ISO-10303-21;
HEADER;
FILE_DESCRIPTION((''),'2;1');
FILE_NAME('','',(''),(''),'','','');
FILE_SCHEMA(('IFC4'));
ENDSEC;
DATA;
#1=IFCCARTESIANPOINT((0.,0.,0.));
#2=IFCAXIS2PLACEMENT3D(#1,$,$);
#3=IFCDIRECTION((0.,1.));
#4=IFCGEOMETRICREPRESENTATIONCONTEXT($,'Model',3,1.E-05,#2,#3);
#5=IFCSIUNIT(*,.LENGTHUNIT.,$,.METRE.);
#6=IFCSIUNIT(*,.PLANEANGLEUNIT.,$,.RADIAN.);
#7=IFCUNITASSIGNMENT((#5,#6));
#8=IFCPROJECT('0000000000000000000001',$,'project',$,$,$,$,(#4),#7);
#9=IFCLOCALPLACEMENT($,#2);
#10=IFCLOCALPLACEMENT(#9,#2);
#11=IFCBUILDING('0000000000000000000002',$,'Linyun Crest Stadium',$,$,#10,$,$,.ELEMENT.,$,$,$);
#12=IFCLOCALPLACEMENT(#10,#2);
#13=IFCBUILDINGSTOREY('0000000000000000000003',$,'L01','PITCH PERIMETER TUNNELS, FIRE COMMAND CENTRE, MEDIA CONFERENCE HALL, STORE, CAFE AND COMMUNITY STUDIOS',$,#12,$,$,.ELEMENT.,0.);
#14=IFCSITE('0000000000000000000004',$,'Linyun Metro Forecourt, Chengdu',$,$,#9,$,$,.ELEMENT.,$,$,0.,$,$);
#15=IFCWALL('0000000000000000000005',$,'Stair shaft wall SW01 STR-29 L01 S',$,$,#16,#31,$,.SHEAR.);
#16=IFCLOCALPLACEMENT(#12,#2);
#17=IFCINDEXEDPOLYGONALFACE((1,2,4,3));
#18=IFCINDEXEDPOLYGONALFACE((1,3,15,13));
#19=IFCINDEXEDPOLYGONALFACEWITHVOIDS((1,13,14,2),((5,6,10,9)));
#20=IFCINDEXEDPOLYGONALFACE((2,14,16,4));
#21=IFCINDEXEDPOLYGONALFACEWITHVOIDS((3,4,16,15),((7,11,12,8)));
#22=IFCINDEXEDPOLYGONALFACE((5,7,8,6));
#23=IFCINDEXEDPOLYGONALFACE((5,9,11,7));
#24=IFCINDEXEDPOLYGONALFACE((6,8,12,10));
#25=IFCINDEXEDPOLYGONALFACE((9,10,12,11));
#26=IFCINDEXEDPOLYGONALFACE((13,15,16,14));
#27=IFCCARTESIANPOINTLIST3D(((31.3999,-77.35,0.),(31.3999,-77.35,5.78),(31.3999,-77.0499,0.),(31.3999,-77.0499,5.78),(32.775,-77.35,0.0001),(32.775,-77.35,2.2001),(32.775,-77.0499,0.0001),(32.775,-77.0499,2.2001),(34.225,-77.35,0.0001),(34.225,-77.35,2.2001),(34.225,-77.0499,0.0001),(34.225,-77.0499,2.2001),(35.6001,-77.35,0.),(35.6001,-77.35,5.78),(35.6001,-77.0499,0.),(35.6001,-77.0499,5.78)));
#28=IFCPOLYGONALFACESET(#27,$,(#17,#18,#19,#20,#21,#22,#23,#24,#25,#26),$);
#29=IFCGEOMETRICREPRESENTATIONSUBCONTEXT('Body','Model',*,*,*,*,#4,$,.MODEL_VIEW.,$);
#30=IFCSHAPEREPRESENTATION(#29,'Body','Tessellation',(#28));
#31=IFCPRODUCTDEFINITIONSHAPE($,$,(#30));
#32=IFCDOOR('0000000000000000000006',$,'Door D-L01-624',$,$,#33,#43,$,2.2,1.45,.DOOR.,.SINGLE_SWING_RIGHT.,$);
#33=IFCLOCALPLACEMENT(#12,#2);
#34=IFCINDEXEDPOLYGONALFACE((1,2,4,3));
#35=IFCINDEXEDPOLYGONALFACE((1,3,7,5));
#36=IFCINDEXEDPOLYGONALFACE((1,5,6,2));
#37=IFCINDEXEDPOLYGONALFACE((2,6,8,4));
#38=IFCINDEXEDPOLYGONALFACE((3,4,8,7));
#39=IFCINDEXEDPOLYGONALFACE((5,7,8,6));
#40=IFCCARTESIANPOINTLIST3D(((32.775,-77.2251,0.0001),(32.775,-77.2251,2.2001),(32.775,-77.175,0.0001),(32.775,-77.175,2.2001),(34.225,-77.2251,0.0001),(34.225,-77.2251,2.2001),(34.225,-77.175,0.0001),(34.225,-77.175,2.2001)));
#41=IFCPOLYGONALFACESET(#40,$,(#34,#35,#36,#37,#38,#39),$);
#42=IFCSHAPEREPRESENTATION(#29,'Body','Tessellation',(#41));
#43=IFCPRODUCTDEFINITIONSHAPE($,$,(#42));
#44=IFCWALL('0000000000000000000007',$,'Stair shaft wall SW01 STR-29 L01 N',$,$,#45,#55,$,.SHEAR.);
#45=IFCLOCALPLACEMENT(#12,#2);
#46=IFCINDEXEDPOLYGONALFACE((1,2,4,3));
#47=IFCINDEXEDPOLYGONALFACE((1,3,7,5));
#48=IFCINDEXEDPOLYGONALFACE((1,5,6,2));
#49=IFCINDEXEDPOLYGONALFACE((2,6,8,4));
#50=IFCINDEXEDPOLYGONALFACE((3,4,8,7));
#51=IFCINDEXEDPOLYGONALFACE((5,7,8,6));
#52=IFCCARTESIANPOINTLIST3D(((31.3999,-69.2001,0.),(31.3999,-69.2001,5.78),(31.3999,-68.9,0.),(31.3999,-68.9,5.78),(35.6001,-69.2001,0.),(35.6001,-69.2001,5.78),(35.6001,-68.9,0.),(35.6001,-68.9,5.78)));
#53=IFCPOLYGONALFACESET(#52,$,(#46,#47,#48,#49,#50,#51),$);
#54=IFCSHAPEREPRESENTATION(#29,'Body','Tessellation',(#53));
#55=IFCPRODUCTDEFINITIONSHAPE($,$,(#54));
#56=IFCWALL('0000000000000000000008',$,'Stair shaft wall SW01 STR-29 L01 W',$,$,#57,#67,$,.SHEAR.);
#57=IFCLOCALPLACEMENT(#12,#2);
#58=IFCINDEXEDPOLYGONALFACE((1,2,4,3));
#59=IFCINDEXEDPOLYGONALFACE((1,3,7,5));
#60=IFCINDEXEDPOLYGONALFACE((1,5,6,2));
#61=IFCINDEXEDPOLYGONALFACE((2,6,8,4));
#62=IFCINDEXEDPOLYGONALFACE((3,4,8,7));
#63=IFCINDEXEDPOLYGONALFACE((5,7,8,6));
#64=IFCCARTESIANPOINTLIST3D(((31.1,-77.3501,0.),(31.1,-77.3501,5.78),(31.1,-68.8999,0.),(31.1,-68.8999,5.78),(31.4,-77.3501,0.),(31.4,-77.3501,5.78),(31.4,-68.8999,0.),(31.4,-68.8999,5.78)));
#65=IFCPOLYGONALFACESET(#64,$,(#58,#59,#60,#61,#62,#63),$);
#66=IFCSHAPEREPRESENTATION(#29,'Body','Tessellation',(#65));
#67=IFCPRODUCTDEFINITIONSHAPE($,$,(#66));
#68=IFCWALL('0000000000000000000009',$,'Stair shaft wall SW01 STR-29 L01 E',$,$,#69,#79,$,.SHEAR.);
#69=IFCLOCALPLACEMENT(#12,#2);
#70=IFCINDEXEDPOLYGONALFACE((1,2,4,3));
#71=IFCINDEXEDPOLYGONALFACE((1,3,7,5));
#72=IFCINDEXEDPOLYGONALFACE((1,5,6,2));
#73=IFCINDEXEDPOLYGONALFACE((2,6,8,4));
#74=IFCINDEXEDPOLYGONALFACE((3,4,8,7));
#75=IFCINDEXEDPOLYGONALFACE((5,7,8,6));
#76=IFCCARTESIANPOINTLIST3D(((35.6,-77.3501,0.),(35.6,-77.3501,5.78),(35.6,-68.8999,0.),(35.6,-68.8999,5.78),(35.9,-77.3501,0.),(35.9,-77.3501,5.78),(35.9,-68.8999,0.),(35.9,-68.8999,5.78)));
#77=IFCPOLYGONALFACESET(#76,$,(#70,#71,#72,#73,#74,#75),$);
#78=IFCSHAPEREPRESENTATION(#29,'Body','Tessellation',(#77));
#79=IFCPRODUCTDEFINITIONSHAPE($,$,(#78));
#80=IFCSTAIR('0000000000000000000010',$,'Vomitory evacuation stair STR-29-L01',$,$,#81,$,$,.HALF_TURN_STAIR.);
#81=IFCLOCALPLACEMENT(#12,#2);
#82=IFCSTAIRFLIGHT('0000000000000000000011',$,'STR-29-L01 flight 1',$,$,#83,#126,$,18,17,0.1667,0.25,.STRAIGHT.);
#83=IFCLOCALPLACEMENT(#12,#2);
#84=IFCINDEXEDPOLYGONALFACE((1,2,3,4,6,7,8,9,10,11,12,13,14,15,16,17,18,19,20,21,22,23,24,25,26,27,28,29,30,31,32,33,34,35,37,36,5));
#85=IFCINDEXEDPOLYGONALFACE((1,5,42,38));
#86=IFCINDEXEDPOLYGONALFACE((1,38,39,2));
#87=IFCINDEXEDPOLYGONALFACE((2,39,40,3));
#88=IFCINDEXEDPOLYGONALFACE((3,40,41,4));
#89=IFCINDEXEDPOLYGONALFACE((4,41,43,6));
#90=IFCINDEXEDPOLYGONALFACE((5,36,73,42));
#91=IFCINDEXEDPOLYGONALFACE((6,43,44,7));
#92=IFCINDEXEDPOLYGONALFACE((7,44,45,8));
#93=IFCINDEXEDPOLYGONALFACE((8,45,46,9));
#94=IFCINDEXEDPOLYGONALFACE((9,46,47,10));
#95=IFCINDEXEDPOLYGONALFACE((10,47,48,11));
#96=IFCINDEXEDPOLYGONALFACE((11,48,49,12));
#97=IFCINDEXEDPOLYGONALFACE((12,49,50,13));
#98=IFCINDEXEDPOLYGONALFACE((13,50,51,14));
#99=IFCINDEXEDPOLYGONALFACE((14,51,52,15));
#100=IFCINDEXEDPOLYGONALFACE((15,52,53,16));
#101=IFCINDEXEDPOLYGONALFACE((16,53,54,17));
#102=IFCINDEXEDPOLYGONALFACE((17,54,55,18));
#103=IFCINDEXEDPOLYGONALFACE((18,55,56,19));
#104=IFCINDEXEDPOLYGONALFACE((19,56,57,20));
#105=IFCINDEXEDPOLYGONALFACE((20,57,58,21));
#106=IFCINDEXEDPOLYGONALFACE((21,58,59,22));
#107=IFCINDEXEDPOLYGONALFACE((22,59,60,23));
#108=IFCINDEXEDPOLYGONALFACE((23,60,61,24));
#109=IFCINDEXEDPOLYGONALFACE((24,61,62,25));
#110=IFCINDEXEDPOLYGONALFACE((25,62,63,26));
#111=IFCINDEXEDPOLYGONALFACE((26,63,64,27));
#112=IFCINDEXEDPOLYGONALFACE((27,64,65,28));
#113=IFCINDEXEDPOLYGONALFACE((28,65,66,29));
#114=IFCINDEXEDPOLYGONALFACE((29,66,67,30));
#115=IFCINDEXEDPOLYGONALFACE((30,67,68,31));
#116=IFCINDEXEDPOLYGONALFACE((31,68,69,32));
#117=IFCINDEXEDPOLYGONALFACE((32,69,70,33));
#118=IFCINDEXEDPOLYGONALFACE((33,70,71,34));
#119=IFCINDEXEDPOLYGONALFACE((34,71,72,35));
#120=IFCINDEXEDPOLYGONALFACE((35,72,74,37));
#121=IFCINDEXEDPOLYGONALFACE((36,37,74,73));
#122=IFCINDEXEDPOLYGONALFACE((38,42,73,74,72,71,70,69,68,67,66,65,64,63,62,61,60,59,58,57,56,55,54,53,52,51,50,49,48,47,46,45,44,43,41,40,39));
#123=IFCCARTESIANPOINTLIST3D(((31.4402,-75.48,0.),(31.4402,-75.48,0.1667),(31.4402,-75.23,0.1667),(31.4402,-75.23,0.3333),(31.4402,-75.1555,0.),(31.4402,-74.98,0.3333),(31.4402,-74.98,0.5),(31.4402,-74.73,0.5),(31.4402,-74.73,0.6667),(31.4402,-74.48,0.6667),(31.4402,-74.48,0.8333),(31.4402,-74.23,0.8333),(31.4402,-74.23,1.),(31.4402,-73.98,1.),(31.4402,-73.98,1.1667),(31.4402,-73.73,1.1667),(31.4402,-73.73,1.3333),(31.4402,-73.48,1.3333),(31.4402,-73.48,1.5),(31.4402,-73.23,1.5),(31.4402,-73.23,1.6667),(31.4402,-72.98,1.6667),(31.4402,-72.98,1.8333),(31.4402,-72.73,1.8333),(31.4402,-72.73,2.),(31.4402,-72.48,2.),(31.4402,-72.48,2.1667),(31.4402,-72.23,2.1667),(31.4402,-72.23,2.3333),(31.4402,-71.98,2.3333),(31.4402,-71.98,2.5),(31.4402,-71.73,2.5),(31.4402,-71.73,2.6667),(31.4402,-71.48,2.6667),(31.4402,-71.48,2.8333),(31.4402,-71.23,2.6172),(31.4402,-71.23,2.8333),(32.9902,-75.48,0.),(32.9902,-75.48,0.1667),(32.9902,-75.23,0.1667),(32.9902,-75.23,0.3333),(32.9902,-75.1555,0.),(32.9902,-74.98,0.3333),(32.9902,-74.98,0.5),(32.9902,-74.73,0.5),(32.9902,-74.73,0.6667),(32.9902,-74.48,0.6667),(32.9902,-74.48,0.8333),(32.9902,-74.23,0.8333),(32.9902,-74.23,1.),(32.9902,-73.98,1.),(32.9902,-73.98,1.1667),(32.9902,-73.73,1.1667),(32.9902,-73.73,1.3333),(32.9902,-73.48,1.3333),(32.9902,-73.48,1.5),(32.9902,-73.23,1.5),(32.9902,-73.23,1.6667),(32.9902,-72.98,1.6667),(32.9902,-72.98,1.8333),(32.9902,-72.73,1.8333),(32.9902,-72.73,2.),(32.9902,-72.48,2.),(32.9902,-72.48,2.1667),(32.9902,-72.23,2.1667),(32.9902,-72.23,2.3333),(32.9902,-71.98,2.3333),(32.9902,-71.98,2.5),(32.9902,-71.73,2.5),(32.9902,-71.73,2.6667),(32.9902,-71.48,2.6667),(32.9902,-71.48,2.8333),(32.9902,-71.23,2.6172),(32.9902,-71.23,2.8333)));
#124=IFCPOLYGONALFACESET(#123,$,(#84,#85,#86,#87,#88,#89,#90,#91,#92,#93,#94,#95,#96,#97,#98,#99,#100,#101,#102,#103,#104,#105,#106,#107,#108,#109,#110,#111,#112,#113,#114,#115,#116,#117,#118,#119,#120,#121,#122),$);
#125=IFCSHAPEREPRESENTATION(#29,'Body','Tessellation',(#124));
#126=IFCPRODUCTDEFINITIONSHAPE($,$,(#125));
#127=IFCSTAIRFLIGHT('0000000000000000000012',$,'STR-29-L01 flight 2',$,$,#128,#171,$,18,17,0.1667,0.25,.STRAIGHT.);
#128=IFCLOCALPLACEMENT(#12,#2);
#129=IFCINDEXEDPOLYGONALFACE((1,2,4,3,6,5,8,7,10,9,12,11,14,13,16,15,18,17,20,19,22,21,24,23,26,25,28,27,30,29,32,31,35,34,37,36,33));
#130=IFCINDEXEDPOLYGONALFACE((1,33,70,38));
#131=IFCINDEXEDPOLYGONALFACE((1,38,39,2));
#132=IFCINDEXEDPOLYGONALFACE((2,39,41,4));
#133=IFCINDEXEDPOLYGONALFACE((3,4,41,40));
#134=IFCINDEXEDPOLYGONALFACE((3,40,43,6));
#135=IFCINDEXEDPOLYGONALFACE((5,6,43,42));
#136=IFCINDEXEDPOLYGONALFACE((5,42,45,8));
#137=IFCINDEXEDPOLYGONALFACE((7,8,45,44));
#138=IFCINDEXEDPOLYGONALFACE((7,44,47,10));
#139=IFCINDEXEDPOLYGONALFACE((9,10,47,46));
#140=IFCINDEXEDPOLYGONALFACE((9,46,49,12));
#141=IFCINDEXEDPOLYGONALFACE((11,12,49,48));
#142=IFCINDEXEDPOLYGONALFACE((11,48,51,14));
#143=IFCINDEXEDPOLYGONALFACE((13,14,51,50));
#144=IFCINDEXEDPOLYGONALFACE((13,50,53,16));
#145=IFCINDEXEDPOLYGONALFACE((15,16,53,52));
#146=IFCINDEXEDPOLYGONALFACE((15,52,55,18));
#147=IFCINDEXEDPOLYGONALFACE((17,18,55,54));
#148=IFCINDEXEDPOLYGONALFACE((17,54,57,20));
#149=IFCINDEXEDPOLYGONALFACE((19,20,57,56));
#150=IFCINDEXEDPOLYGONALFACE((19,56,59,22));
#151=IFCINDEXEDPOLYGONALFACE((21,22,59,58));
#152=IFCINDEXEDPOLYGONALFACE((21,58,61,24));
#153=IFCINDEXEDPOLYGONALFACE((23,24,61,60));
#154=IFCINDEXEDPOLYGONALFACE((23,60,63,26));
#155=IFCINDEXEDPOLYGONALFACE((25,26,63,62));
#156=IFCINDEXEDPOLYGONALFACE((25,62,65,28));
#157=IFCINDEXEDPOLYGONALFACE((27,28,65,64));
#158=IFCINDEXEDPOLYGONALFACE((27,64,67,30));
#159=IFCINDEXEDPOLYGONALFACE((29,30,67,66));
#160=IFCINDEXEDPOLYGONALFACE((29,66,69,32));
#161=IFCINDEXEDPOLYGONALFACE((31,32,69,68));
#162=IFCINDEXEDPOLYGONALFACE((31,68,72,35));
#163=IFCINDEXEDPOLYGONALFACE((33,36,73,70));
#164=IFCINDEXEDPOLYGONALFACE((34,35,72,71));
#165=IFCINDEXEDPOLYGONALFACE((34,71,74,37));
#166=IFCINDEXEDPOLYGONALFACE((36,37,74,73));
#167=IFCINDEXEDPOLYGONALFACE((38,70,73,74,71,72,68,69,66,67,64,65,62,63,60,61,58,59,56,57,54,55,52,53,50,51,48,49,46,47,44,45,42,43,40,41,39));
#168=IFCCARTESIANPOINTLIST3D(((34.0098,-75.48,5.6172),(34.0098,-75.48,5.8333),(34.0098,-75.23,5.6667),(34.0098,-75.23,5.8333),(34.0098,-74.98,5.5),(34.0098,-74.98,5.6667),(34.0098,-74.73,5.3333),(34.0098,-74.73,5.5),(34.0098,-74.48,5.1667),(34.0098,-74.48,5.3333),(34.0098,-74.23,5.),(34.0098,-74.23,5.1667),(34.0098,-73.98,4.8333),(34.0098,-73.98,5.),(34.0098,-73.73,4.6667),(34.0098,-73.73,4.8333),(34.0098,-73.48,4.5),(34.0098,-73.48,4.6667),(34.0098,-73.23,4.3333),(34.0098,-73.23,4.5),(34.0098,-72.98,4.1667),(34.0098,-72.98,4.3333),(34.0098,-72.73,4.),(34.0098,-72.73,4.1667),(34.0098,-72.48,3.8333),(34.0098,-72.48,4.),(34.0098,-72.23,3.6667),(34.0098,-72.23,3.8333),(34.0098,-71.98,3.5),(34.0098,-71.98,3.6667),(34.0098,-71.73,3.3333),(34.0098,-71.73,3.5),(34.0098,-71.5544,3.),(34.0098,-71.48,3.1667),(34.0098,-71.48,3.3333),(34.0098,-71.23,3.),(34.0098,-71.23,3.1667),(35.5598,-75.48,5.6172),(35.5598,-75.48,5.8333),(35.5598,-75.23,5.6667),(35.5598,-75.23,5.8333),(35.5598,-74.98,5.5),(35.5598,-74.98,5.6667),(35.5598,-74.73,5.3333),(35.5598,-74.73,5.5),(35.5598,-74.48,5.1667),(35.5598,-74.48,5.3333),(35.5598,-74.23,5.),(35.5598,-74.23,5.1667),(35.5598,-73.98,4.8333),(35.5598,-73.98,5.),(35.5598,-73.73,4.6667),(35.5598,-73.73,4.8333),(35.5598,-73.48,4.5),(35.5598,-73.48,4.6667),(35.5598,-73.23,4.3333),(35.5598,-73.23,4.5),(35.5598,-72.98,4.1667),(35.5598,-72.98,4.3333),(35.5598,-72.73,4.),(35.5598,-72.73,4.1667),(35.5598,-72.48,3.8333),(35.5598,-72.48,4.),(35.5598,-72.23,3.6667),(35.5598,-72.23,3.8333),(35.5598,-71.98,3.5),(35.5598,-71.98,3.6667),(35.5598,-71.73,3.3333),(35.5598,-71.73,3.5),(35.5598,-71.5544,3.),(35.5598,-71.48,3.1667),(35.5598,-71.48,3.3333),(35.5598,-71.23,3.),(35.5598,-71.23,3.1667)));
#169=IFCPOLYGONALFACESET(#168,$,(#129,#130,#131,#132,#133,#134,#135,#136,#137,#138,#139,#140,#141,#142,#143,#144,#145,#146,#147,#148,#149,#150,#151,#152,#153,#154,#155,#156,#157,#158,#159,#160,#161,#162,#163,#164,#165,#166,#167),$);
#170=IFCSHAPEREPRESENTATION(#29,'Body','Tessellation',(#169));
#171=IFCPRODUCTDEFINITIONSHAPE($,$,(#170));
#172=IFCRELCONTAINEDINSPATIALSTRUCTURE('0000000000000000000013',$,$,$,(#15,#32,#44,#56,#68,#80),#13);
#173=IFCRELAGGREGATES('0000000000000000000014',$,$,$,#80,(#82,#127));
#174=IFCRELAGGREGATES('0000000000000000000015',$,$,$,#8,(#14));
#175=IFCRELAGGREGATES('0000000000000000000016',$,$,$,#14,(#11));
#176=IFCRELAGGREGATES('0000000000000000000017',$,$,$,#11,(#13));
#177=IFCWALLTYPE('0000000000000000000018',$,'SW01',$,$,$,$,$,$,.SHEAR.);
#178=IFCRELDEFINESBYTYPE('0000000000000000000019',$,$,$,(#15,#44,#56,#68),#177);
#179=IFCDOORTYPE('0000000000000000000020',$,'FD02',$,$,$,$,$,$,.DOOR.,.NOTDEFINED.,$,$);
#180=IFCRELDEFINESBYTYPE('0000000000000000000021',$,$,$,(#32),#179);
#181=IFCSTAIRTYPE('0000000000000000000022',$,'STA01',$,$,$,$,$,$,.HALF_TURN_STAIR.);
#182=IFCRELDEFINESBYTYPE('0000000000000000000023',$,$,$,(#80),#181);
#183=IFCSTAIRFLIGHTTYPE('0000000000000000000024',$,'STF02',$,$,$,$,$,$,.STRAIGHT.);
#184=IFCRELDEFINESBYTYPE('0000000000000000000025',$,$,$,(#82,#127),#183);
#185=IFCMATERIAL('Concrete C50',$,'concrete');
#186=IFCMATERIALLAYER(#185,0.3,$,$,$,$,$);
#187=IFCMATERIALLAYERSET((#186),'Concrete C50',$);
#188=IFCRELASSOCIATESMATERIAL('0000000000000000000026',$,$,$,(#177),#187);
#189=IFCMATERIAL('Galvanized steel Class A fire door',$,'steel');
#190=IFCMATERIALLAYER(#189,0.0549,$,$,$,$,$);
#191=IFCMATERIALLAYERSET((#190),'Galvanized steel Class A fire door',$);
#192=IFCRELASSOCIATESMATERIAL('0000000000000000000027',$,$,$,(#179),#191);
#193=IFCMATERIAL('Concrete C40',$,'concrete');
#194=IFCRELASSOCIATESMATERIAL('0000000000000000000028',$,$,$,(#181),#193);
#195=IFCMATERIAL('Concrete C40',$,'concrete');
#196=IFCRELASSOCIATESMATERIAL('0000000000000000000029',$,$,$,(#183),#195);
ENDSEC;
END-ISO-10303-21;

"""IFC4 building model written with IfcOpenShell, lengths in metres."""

from ifc_helpers import new_model, si_unit, direction, frame, frame_2d, origin, place, context, subcontext, project, spatial, polyline, rectangle, outline, extrude, material, layer, layer_set, type_object, element, fill, aggregate, save


model = new_model("IFC4")

# Units and contexts
model_context = context("Model", 3, precision=1e-05, world=origin(), true_north=direction((0.0, 1.0)))
body_context = subcontext(model_context, "Body", "Model", "MODEL_VIEW")
ifc_project = project(units=[si_unit("LENGTHUNIT", "METRE"), si_unit("PLANEANGLEUNIT", "RADIAN")], contexts=[model_context])

# Site, building, storey
site_placement = place(None, origin())
site = spatial("IfcSite", under=ifc_project, at=site_placement, Name="Linyun Metro Forecourt, Chengdu", CompositionType="ELEMENT", RefElevation=0.0)
building_placement = place(site_placement, origin())
building = spatial("IfcBuilding", under=site, at=building_placement, Name="Linyun Crest Stadium", CompositionType="ELEMENT")
storey_placement = place(building_placement, origin())
storey = spatial("IfcBuildingStorey", under=building, at=storey_placement, Name="L01", Description="PITCH PERIMETER TUNNELS, FIRE COMMAND CENTRE, MEDIA CONFERENCE HALL, STORE, CAFE AND COMMUNITY STUDIOS", CompositionType="ELEMENT", Elevation=0.0)

# Wall, opening, door
ifc_material_1 = material(Name="Concrete C50", Category="concrete")
ifc_layer_1 = layer(ifc_material_1, 0.3)
ifc_layer_set_1 = layer_set([ifc_layer_1], Name="Concrete C50")
wall_type_1 = type_object("IfcWallType", Name="SW01", PredefinedType="SHEAR", material=ifc_layer_set_1)
wall_1_placement = place(storey_placement, frame((31.3999, -77.2, 0.0), z_axis=(0.0, 0.0, 1.0), x_axis=(1.0, 0.0, 0.0)))
wall_1 = element("IfcWall", 1, at=wall_1_placement, inside=storey, type_object=wall_type_1, Name="Stair shaft wall SW01 STR-29 L01 S", PredefinedType="SHEAR", context=body_context, shape_type="SweptSolid", body=[
    extrude(rectangle(XDim=4.2002, YDim=0.3, at=frame_2d((2.1001, 0.0))), origin(), (0.0, 0.0, 1.0), 5.78),
])
opening_1_placement = place(wall_1_placement, frame((1.375, 0.0, 0.0)))
opening_1 = element("IfcOpeningElement", 2, at=opening_1_placement, cuts=wall_1, PredefinedType="OPENING", context=body_context, shape_type="SweptSolid", body=[
    extrude(rectangle(XDim=1.45, YDim=2.2, at=frame_2d((0.7251, 1.1001))), frame((0.0, 0.1599, 0.0), z_axis=(0.0, -1.0, 0.0), x_axis=(1.0, 0.0, 0.0)), (0.0, 0.0, 1.0), 0.3201),
])
ifc_material_2 = material(Name="Galvanized steel Class A fire door", Category="steel")
ifc_layer_2 = layer(ifc_material_2, 0.0549)
ifc_layer_set_2 = layer_set([ifc_layer_2], Name="Galvanized steel Class A fire door")
door_type_1 = type_object("IfcDoorType", Name="FD02", OperationType="NOTDEFINED", PredefinedType="DOOR", material=ifc_layer_set_2)
door_1_placement = place(opening_1_placement, origin())
door_1 = element("IfcDoor", 3, at=door_1_placement, inside=storey, type_object=door_type_1, Name="Door D-L01-624", OperationType="SINGLE_SWING_RIGHT", OverallHeight=2.2, OverallWidth=1.45, PredefinedType="DOOR", context=body_context, shape_type="SweptSolid", body=[
    extrude(rectangle(XDim=1.45, YDim=2.2, at=frame_2d((0.7251, 1.1001))), frame((0.0, 0.0249, 0.0), z_axis=(0.0, -1.0, 0.0), x_axis=(1.0, 0.0, 0.0)), (0.0, 0.0, 1.0), 0.05),
])
fill(opening_1, door_1)

# Walls
wall_2_placement = place(storey_placement, frame((31.3999, -69.05, 0.0), z_axis=(0.0, 0.0, 1.0), x_axis=(1.0, 0.0, 0.0)))
element("IfcWall", 4, at=wall_2_placement, inside=storey, type_object=wall_type_1, Name="Stair shaft wall SW01 STR-29 L01 N", PredefinedType="SHEAR", context=body_context, shape_type="SweptSolid", body=[
    extrude(rectangle(XDim=4.2002, YDim=0.3, at=frame_2d((2.1001, 0.0))), origin(), (0.0, 0.0, 1.0), 5.78),
])
for number, where, z_axis, x_axis, name in (
    (5, (31.25, -77.3501, 0.0), (0.0, 0.0, 1.0), (0.0, 1.0, 0.0), "Stair shaft wall SW01 STR-29 L01 W"),
    (6, (35.75, -77.3501, 0.0), (0.0, 0.0, 1.0), (0.0, 1.0, 0.0), "Stair shaft wall SW01 STR-29 L01 E"),
):
    element("IfcWall", number, at=place(storey_placement, frame(where, z_axis=z_axis, x_axis=x_axis)), inside=storey, type_object=wall_type_1, Name=name, PredefinedType="SHEAR", context=body_context, shape_type="SweptSolid", body=[
        extrude(rectangle(XDim=8.4502, YDim=0.3, at=frame_2d((4.2251, 0.0))), origin(), (0.0, 0.0, 1.0), 5.78),
    ])

# Stair, stair flights
ifc_material_3 = material(Name="Concrete C40", Category="concrete")
stair_type = type_object("IfcStairType", Name="STA01", PredefinedType="HALF_TURN_STAIR", material=ifc_material_3)
stair_placement = place(storey_placement, origin())
stair = element("IfcStair", 7, at=stair_placement, inside=storey, type_object=stair_type, Name="Vomitory evacuation stair STR-29-L01", PredefinedType="HALF_TURN_STAIR")
ifc_material_4 = material(Name="Concrete C40", Category="concrete")
stair_flight_type = type_object("IfcStairFlightType", Name="STF02", PredefinedType="STRAIGHT", material=ifc_material_4)
stair_flight_1_placement = place(storey_placement, frame((32.2151, -75.48, 0.0), z_axis=(0.0, 0.0, 1.0), x_axis=(0.0, 1.0, 0.0)))
stair_flight_1 = element("IfcStairFlight", 8, at=stair_flight_1_placement, type_object=stair_flight_type, Name="STR-29-L01 flight 1", NumberOfRisers=18, NumberOfTreads=17, PredefinedType="STRAIGHT", RiserHeight=0.1667, TreadLength=0.25, context=body_context, shape_type="SweptSolid", body=[
    extrude(outline(polyline([(0.0, 0.0), (0.0, 0.1667), (0.25, 0.1667), (0.25, 0.3333), (0.5, 0.3333), (0.5, 0.5), (0.75, 0.5), (0.75, 0.6667), (1.0, 0.6667), (1.0, 0.8333), (1.25, 0.8333), (1.25, 1.0), (1.5, 1.0), (1.5, 1.1667), (1.75, 1.1667), (1.75, 1.3333), (2.0, 1.3333), (2.0, 1.5), (2.25, 1.5), (2.25, 1.6667), (2.5, 1.6667), (2.5, 1.8333), (2.75, 1.8333), (2.75, 2.0), (3.0, 2.0), (3.0, 2.1667), (3.25, 2.1667), (3.25, 2.3333), (3.5, 2.3333), (3.5, 2.5), (3.75, 2.5), (3.75, 2.6667), (4.0, 2.6667), (4.0, 2.8333), (4.25, 2.8333), (4.25, 3.0), (4.25, 2.6172), (0.3245, 0.0), (0.0, 0.0)])), frame((0.0, 0.7749, 0.0), z_axis=(0.0, -1.0, 0.0), x_axis=(1.0, 0.0, 0.0)), (0.0, 0.0, 1.0), 1.55),
])
stair_flight_2_placement = place(storey_placement, frame((34.7849, -71.23, 3.0), z_axis=(0.0, 0.0, 1.0), x_axis=(0.0, -1.0, 0.0)))
stair_flight_2 = element("IfcStairFlight", 9, at=stair_flight_2_placement, type_object=stair_flight_type, Name="STR-29-L01 flight 2", NumberOfRisers=18, NumberOfTreads=17, PredefinedType="STRAIGHT", RiserHeight=0.1667, TreadLength=0.25, context=body_context, shape_type="SweptSolid", body=[
    extrude(outline(polyline([(0.0, 0.0), (0.0, 0.1667), (0.25, 0.1667), (0.25, 0.3333), (0.5, 0.3333), (0.5, 0.5), (0.75, 0.5), (0.75, 0.6667), (1.0, 0.6667), (1.0, 0.8333), (1.25, 0.8333), (1.25, 1.0), (1.5, 1.0), (1.5, 1.1667), (1.75, 1.1667), (1.75, 1.3333), (2.0, 1.3333), (2.0, 1.5), (2.25, 1.5), (2.25, 1.6667), (2.5, 1.6667), (2.5, 1.8333), (2.75, 1.8333), (2.75, 2.0), (3.0, 2.0), (3.0, 2.1667), (3.25, 2.1667), (3.25, 2.3333), (3.5, 2.3333), (3.5, 2.5), (3.75, 2.5), (3.75, 2.6667), (4.0, 2.6667), (4.0, 2.8333), (4.25, 2.8333), (4.25, 3.0), (4.25, 2.6172), (0.3245, 0.0), (0.0, 0.0)])), frame((0.0, 0.7749, 0.0), z_axis=(0.0, -1.0, 0.0), x_axis=(1.0, 0.0, 0.0)), (0.0, 0.0, 1.0), 1.55),
])
aggregate(stair, [stair_flight_1, stair_flight_2])

save(model, "model.ifc")
